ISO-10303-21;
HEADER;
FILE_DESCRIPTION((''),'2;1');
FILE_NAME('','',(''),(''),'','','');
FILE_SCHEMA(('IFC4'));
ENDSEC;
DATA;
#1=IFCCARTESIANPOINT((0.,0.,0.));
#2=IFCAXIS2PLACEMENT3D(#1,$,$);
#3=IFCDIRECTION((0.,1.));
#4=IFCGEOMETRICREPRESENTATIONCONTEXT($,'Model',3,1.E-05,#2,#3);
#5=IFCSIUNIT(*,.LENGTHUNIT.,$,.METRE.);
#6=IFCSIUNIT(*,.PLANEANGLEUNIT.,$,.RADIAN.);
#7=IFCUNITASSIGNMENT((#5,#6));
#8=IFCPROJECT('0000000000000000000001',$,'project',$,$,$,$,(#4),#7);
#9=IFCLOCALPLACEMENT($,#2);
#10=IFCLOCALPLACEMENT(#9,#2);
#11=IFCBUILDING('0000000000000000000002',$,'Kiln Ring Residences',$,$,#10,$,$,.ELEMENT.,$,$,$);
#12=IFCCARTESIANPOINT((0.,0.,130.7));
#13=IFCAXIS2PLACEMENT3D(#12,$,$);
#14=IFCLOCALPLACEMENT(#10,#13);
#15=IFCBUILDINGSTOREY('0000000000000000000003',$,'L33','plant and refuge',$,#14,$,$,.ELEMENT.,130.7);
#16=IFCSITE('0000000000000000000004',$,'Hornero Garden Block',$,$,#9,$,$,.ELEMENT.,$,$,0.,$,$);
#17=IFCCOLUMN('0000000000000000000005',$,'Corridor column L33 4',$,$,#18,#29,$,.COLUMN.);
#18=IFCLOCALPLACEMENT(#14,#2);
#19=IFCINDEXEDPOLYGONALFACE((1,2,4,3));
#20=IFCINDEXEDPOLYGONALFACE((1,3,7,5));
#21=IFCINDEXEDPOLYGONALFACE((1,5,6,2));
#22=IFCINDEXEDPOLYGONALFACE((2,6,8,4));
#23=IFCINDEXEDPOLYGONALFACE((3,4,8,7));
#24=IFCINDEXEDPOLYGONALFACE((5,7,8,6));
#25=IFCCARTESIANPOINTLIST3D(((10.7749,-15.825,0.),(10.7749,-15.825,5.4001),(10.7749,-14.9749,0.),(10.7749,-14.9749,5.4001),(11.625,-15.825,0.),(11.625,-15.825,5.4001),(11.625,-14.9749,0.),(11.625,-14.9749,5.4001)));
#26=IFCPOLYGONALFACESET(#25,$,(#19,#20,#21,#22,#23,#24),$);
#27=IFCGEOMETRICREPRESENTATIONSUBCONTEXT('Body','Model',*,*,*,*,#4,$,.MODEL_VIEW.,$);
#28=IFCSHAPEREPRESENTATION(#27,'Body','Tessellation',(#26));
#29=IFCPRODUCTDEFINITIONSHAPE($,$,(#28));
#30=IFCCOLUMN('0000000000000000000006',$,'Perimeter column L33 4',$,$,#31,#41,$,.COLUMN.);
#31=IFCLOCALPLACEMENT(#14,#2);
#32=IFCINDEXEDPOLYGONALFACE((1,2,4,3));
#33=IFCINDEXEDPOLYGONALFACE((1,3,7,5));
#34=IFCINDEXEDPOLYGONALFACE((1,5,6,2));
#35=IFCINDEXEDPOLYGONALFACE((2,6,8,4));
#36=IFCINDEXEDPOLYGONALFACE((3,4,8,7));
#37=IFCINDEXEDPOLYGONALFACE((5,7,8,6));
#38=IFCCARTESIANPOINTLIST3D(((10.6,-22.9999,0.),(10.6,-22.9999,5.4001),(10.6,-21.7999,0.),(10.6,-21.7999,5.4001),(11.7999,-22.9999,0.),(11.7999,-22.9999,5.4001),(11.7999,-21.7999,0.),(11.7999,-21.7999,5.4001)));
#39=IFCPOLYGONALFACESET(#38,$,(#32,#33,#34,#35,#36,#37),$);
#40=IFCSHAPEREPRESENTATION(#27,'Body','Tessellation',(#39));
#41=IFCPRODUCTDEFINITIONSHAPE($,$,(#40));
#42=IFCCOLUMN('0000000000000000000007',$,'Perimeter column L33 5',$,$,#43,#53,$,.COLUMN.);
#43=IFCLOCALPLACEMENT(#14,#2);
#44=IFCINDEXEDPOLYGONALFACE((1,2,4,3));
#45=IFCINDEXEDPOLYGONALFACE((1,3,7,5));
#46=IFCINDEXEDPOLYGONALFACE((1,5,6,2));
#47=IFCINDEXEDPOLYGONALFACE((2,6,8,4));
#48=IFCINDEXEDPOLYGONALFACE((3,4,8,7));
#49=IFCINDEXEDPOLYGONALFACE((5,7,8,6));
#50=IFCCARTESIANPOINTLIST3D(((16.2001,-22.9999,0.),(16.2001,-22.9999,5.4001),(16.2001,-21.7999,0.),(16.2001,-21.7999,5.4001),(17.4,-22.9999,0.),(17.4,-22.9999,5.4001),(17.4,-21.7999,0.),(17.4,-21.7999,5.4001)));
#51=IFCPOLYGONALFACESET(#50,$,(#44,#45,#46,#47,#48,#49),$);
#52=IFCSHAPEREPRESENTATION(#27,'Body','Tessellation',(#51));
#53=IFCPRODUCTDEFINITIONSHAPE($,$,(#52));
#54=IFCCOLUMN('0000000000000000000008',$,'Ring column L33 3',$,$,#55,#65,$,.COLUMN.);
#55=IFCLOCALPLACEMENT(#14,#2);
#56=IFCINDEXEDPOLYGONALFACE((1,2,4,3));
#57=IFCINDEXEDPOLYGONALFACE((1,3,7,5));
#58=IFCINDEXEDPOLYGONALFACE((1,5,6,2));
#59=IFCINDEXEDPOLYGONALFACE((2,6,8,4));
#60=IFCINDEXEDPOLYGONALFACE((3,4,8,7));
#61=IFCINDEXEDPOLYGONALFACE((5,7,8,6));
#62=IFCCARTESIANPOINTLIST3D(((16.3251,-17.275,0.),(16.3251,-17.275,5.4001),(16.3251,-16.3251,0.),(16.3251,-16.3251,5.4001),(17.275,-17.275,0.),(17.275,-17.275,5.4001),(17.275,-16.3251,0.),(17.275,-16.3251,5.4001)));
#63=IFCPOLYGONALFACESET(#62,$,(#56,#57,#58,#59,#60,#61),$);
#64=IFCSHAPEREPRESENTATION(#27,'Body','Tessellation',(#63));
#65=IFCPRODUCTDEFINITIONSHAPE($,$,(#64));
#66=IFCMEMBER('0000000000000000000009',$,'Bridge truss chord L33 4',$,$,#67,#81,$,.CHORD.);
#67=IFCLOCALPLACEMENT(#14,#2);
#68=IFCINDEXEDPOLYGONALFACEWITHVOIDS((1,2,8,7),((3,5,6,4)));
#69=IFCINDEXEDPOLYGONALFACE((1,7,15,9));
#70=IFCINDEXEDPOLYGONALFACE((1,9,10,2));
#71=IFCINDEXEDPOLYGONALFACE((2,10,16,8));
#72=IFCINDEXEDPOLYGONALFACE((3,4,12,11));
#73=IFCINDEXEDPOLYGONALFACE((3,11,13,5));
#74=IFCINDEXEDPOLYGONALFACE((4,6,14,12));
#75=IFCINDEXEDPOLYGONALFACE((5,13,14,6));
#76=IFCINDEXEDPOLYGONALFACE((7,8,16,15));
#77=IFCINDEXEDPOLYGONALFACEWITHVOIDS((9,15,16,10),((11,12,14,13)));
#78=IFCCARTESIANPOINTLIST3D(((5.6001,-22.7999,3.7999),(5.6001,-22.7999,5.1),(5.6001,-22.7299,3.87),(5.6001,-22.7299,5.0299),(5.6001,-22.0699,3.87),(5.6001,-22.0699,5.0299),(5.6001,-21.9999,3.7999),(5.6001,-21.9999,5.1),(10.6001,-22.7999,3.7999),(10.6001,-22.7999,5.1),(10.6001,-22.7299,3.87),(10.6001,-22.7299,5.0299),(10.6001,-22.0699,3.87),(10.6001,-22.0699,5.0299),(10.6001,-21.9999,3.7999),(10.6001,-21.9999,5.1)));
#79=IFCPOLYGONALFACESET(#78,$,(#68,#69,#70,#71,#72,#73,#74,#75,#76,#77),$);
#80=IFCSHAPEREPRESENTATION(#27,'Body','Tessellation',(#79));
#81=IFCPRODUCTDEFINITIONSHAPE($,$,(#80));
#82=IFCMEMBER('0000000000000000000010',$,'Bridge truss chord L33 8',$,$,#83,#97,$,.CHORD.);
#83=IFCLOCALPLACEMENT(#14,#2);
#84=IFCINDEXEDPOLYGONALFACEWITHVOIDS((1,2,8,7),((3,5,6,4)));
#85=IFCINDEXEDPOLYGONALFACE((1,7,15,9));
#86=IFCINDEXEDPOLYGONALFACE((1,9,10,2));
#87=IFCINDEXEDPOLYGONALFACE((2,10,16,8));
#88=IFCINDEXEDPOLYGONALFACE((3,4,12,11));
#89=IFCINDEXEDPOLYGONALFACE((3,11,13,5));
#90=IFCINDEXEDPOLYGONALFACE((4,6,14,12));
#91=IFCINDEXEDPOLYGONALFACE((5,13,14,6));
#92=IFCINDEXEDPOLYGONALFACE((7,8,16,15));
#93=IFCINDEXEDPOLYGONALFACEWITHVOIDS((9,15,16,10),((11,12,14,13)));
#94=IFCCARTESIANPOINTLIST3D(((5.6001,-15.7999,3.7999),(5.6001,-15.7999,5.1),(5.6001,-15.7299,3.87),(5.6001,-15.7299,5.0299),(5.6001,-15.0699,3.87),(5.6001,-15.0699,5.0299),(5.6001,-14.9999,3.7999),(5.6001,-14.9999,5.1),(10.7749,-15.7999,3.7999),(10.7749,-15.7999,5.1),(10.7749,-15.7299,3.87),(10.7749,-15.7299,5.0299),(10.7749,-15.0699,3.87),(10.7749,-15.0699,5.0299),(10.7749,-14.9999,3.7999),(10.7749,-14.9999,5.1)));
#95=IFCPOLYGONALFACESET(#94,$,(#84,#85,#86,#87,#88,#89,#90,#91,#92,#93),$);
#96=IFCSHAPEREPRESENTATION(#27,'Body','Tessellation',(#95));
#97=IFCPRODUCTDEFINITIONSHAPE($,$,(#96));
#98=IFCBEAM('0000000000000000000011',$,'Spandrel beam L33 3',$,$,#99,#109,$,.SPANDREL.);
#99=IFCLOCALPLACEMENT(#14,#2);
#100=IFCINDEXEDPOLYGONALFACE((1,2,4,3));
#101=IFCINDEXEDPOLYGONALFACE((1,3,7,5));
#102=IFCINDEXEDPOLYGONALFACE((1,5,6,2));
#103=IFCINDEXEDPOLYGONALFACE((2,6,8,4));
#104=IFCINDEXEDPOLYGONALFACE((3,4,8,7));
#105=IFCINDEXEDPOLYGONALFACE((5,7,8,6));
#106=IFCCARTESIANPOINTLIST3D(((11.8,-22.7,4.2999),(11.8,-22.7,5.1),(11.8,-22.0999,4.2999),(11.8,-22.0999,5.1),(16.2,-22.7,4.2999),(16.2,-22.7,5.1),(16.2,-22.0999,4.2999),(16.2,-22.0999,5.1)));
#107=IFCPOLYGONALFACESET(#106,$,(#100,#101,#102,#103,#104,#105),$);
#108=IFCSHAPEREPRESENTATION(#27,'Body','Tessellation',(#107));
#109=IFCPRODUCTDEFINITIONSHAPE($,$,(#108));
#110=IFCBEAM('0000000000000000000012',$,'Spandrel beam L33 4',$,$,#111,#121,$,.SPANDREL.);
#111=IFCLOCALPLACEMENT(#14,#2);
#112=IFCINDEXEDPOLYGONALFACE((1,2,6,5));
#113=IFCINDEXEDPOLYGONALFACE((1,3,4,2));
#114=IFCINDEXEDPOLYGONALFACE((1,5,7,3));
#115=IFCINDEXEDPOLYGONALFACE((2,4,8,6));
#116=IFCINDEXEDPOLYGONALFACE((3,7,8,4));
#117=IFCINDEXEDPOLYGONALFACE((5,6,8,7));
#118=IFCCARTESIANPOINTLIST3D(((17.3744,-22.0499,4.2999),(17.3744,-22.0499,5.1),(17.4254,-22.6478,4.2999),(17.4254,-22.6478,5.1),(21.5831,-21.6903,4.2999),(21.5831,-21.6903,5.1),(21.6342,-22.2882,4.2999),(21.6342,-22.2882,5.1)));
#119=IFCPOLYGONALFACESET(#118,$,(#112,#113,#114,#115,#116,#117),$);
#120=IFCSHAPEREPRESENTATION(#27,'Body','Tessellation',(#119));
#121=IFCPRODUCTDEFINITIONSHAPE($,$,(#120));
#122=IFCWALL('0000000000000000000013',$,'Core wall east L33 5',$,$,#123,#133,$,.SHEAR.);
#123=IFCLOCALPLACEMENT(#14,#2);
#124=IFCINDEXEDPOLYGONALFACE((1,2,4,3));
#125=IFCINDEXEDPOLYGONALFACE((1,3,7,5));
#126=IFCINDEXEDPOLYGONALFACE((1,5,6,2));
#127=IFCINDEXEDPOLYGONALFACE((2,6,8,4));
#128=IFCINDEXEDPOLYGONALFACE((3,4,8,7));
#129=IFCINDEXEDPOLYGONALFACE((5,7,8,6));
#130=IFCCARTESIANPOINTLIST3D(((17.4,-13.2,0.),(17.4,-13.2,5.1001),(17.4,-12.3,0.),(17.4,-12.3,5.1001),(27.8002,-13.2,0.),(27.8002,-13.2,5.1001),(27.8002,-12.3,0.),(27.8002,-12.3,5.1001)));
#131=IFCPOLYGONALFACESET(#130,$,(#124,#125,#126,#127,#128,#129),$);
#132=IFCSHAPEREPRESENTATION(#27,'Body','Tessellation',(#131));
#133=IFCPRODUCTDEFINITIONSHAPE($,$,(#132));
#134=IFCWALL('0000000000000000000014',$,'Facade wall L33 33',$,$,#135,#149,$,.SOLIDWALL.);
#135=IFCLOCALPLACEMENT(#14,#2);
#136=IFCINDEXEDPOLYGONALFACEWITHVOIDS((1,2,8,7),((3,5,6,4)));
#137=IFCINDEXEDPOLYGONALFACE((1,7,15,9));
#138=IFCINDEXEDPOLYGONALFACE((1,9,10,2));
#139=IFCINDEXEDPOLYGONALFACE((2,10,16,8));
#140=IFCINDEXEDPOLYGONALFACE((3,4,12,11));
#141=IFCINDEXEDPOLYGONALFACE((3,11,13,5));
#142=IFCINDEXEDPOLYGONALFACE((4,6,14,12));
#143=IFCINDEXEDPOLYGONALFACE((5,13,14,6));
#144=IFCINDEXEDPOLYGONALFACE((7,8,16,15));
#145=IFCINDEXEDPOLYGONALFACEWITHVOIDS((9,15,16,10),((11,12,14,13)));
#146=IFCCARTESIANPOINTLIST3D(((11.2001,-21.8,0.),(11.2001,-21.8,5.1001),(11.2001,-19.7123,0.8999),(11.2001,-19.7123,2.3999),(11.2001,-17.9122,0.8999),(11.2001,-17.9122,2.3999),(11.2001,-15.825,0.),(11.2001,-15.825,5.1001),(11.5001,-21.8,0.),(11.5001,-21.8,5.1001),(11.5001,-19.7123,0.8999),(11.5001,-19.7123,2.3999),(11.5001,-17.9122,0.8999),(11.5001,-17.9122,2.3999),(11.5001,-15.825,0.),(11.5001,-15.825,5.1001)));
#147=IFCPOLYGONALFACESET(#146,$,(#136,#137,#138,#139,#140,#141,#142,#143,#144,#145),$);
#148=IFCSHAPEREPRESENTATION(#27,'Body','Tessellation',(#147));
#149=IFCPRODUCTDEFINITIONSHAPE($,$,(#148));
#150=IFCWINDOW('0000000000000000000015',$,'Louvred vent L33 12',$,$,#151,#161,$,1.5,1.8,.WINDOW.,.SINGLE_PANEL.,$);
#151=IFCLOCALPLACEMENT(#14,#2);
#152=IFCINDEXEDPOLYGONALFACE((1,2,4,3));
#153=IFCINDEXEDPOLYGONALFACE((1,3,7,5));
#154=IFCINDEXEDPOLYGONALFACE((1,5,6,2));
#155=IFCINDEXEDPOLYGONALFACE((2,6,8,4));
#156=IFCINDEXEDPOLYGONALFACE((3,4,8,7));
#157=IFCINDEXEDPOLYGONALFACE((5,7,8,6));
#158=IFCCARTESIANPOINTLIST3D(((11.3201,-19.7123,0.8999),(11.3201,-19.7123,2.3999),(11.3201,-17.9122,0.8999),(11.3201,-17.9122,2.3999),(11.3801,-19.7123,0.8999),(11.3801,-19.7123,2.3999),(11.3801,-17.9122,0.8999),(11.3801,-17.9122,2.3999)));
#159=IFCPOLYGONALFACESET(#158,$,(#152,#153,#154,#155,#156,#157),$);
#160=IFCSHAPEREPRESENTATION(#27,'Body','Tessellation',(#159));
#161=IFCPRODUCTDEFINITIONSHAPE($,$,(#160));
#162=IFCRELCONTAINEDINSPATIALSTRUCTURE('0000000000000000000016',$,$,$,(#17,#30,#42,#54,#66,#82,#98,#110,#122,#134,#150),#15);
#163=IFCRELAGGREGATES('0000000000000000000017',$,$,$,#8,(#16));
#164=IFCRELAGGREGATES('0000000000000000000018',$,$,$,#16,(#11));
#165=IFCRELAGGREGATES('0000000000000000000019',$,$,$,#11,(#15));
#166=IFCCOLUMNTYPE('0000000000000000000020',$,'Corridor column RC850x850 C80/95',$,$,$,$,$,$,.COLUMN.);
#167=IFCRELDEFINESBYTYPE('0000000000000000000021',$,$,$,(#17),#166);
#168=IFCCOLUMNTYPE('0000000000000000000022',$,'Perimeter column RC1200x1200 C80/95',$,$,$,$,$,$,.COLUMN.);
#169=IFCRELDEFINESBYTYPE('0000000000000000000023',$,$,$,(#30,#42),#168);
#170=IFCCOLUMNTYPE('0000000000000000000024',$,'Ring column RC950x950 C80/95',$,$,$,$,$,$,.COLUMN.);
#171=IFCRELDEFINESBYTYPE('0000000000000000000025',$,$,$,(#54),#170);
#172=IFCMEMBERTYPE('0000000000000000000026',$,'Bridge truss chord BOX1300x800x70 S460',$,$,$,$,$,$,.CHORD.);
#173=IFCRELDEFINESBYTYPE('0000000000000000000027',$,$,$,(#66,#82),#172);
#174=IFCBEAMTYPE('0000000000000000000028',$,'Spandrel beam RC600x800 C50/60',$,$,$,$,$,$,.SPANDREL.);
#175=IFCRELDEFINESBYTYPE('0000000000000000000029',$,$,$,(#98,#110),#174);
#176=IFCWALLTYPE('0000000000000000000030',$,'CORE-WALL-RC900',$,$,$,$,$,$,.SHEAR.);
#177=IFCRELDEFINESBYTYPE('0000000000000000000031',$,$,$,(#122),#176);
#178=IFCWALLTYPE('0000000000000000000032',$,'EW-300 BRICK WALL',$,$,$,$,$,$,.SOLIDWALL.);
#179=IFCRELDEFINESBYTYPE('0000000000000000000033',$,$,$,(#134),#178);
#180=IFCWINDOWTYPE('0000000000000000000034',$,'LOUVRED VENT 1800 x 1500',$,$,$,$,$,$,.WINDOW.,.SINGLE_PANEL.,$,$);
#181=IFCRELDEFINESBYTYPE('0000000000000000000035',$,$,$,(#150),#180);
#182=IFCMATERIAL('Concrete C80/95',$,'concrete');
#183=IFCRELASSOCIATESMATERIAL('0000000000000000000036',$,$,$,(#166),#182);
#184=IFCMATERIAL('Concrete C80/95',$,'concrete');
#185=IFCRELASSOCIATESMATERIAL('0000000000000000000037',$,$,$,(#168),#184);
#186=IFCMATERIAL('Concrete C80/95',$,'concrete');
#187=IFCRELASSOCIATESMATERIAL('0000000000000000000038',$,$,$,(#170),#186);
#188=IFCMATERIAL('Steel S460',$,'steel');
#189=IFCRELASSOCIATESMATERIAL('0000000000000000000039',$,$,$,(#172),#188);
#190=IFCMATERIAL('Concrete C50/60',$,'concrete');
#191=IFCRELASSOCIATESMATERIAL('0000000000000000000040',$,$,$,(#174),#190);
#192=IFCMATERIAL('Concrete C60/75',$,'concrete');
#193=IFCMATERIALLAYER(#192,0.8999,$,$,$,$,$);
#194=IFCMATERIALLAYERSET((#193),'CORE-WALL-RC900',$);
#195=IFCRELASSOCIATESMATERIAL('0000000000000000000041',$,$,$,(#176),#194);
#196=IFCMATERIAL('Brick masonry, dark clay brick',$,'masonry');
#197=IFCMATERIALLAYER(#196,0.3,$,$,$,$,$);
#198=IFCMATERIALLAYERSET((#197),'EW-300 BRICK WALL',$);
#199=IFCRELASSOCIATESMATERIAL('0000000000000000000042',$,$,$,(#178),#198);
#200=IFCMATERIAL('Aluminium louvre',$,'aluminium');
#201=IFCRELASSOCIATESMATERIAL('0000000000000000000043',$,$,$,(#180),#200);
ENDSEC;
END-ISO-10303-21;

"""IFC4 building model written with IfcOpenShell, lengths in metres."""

from ifc_helpers import new_model, si_unit, direction, frame, frame_2d, origin, origin_2d, place, context, subcontext, project, spatial, rectangle, hollow_rectangle, extrude, material, layer, layer_set, material_profile, profile_set, type_object, element, fill, save


model = new_model("IFC4")

# Units and contexts
model_context = context("Model", 3, precision=1e-05, world=origin(), true_north=direction((0.0, 1.0)))
body_context = subcontext(model_context, "Body", "Model", "MODEL_VIEW")
ifc_project = project(units=[si_unit("LENGTHUNIT", "METRE"), si_unit("PLANEANGLEUNIT", "RADIAN")], contexts=[model_context])

# Site, building, storey
site_placement = place(None, origin())
site = spatial("IfcSite", under=ifc_project, at=site_placement, Name="Hornero Garden Block", CompositionType="ELEMENT", RefElevation=0.0)
building_placement = place(site_placement, origin())
building = spatial("IfcBuilding", under=site, at=building_placement, Name="Kiln Ring Residences", CompositionType="ELEMENT")
storey_placement = place(building_placement, frame((0.0, 0.0, 130.7)))
storey = spatial("IfcBuildingStorey", under=building, at=storey_placement, Name="L33", Description="plant and refuge", CompositionType="ELEMENT", Elevation=130.7)

# Columns
ifc_material_1 = material(Name="Concrete C80/95", Category="concrete")
ifc_material_profile_1 = material_profile(ifc_material_1, rectangle(XDim=0.8501, YDim=0.8501, at=origin_2d()), Name="RC850x850")
ifc_profile_set_1 = profile_set([ifc_material_profile_1], Name="Concrete C80/95")
column_type_1 = type_object("IfcColumnType", Name="Corridor column RC850x850 C80/95", PredefinedType="COLUMN", material=ifc_profile_set_1)
column_1_placement = place(storey_placement, frame((11.2, -15.3999, 0.0), z_axis=(0.0, 0.0, 1.0), x_axis=(1.0, 0.0, 0.0)))
element("IfcColumn", 1, at=column_1_placement, inside=storey, type_object=column_type_1, Name="Corridor column L33 4", PredefinedType="COLUMN", context=body_context, shape_type="SweptSolid", body=[
    extrude(rectangle(XDim=0.8501, YDim=0.8501, at=origin_2d()), origin(), (0.0, 0.0, 1.0), 5.4001),
])
ifc_material_2 = material(Name="Concrete C80/95", Category="concrete")
ifc_material_profile_2 = material_profile(ifc_material_2, rectangle(XDim=1.2, YDim=1.2, at=origin_2d()), Name="RC1200x1200")
ifc_profile_set_2 = profile_set([ifc_material_profile_2], Name="Concrete C80/95")
column_type_2 = type_object("IfcColumnType", Name="Perimeter column RC1200x1200 C80/95", PredefinedType="COLUMN", material=ifc_profile_set_2)
for number, where, z_axis, x_axis, name in (
    (2, (11.2, -22.3999, 0.0), (0.0, 0.0, 1.0), (1.0, 0.0, 0.0), "Perimeter column L33 4"),
    (3, (16.8, -22.3999, 0.0), (0.0, 0.0, 1.0), (1.0, 0.0, 0.0), "Perimeter column L33 5"),
):
    element("IfcColumn", number, at=place(storey_placement, frame(where, z_axis=z_axis, x_axis=x_axis)), inside=storey, type_object=column_type_2, Name=name, PredefinedType="COLUMN", context=body_context, shape_type="SweptSolid", body=[
        extrude(rectangle(XDim=1.2, YDim=1.2, at=origin_2d()), origin(), (0.0, 0.0, 1.0), 5.4001),
    ])
ifc_material_3 = material(Name="Concrete C80/95", Category="concrete")
ifc_material_profile_3 = material_profile(ifc_material_3, rectangle(XDim=0.95, YDim=0.95, at=origin_2d()), Name="RC950x950")
ifc_profile_set_3 = profile_set([ifc_material_profile_3], Name="Concrete C80/95")
column_type_3 = type_object("IfcColumnType", Name="Ring column RC950x950 C80/95", PredefinedType="COLUMN", material=ifc_profile_set_3)
column_2_placement = place(storey_placement, frame((16.8, -16.8, 0.0), z_axis=(0.0, 0.0, 1.0), x_axis=(1.0, 0.0, 0.0)))
element("IfcColumn", 4, at=column_2_placement, inside=storey, type_object=column_type_3, Name="Ring column L33 3", PredefinedType="COLUMN", context=body_context, shape_type="SweptSolid", body=[
    extrude(rectangle(XDim=0.95, YDim=0.95, at=origin_2d()), origin(), (0.0, 0.0, 1.0), 5.4001),
])

# Members
ifc_material_4 = material(Name="Steel S460", Category="steel")
ifc_material_profile_4 = material_profile(ifc_material_4, hollow_rectangle(XDim=0.8, YDim=1.3, WallThickness=0.0701, at=origin_2d()), Name="BOX1300x800x70")
ifc_profile_set_4 = profile_set([ifc_material_profile_4], Name="Steel S460")
member_type = type_object("IfcMemberType", Name="Bridge truss chord BOX1300x800x70 S460", PredefinedType="CHORD", material=ifc_profile_set_4)
member_1_placement = place(storey_placement, frame((5.6001, -22.3999, 4.45), z_axis=(1.0, 0.0, 0.0), x_axis=(0.0, 1.0, 0.0)))
element("IfcMember", 5, at=member_1_placement, inside=storey, type_object=member_type, Name="Bridge truss chord L33 4", PredefinedType="CHORD", context=body_context, shape_type="SweptSolid", body=[
    extrude(hollow_rectangle(XDim=0.8, YDim=1.3, WallThickness=0.0701, at=origin_2d()), origin(), (0.0, 0.0, 1.0), 5.0),
])
member_2_placement = place(storey_placement, frame((5.6001, -15.3999, 4.45), z_axis=(1.0, 0.0, 0.0), x_axis=(0.0, 1.0, 0.0)))
element("IfcMember", 6, at=member_2_placement, inside=storey, type_object=member_type, Name="Bridge truss chord L33 8", PredefinedType="CHORD", context=body_context, shape_type="SweptSolid", body=[
    extrude(hollow_rectangle(XDim=0.8, YDim=1.3, WallThickness=0.0701, at=origin_2d()), origin(), (0.0, 0.0, 1.0), 5.1748),
])

# Beams
ifc_material_5 = material(Name="Concrete C50/60", Category="concrete")
ifc_material_profile_5 = material_profile(ifc_material_5, rectangle(XDim=0.6001, YDim=0.8, at=origin_2d()), Name="RC600x800")
ifc_profile_set_5 = profile_set([ifc_material_profile_5], Name="Concrete C50/60")
beam_type = type_object("IfcBeamType", Name="Spandrel beam RC600x800 C50/60", PredefinedType="SPANDREL", material=ifc_profile_set_5)
beam_1_placement = place(storey_placement, frame((11.8, -22.3999, 4.7), z_axis=(1.0, 0.0, 0.0), x_axis=(0.0, 1.0, 0.0)))
element("IfcBeam", 7, at=beam_1_placement, inside=storey, type_object=beam_type, Name="Spandrel beam L33 3", PredefinedType="SPANDREL", context=body_context, shape_type="SweptSolid", body=[
    extrude(rectangle(XDim=0.6001, YDim=0.8, at=origin_2d()), origin(), (0.0, 0.0, 1.0), 4.3999),
])
beam_2_placement = place(storey_placement, frame((17.3999, -22.3489, 4.7), z_axis=(0.996369, 0.085136, 0.0), x_axis=(-0.085136, 0.996369, 0.0)))
element("IfcBeam", 8, at=beam_2_placement, inside=storey, type_object=beam_type, Name="Spandrel beam L33 4", PredefinedType="SPANDREL", context=body_context, shape_type="SweptSolid", body=[
    extrude(rectangle(XDim=0.6001, YDim=0.8, at=origin_2d()), origin(), (0.0, 0.0, 1.0), 4.2241),
])

# Wall
ifc_material_6 = material(Name="Concrete C60/75", Category="concrete")
ifc_layer_1 = layer(ifc_material_6, 0.8999)
ifc_layer_set_1 = layer_set([ifc_layer_1], Name="CORE-WALL-RC900")
wall_type_1 = type_object("IfcWallType", Name="CORE-WALL-RC900", PredefinedType="SHEAR", material=ifc_layer_set_1)
wall_1_placement = place(storey_placement, frame((17.3999, -12.75, 0.0), z_axis=(0.0, 0.0, 1.0), x_axis=(1.0, 0.0, 0.0)))
element("IfcWall", 9, at=wall_1_placement, inside=storey, type_object=wall_type_1, Name="Core wall east L33 5", PredefinedType="SHEAR", context=body_context, shape_type="SweptSolid", body=[
    extrude(rectangle(XDim=10.4001, YDim=0.8999, at=frame_2d((5.2002, 0.0))), origin(), (0.0, 0.0, 1.0), 5.1001),
])

# Wall, opening, window
ifc_material_7 = material(Name="Brick masonry, dark clay brick", Category="masonry")
ifc_layer_2 = layer(ifc_material_7, 0.3)
ifc_layer_set_2 = layer_set([ifc_layer_2], Name="EW-300 BRICK WALL")
wall_type_2 = type_object("IfcWallType", Name="EW-300 BRICK WALL", PredefinedType="SOLIDWALL", material=ifc_layer_set_2)
wall_2_placement = place(storey_placement, frame((11.3501, -15.825, 0.0), z_axis=(0.0, 0.0, 1.0), x_axis=(0.0, -1.0, 0.0)))
wall_2 = element("IfcWall", 10, at=wall_2_placement, inside=storey, type_object=wall_type_2, Name="Facade wall L33 33", PredefinedType="SOLIDWALL", context=body_context, shape_type="SweptSolid", body=[
    extrude(rectangle(XDim=5.9751, YDim=0.3, at=frame_2d((2.9875, 0.0))), origin(), (0.0, 0.0, 1.0), 5.1001),
])
opening_1_placement = place(wall_2_placement, frame((2.0874, 0.0, 0.8999)))
opening_1 = element("IfcOpeningElement", 11, at=opening_1_placement, cuts=wall_2, PredefinedType="OPENING", context=body_context, shape_type="SweptSolid", body=[
    extrude(rectangle(XDim=1.8, YDim=1.5, at=frame_2d((0.8999, 0.75))), frame((0.0, 0.1599, 0.0), z_axis=(0.0, -1.0, 0.0), x_axis=(1.0, 0.0, 0.0)), (0.0, 0.0, 1.0), 0.3201),
])
ifc_material_8 = material(Name="Aluminium louvre", Category="aluminium")
window_type = type_object("IfcWindowType", Name="LOUVRED VENT 1800 x 1500", PartitioningType="SINGLE_PANEL", PredefinedType="WINDOW", material=ifc_material_8)
window_1_placement = place(opening_1_placement, origin())
window_1 = element("IfcWindow", 12, at=window_1_placement, inside=storey, type_object=window_type, Name="Louvred vent L33 12", OverallHeight=1.5, OverallWidth=1.8, PartitioningType="SINGLE_PANEL", PredefinedType="WINDOW", context=body_context, shape_type="SweptSolid", body=[
    extrude(rectangle(XDim=1.8, YDim=1.5, at=frame_2d((0.8999, 0.75))), frame((0.0, 0.03, 0.0), z_axis=(0.0, -1.0, 0.0), x_axis=(1.0, 0.0, 0.0)), (0.0, 0.0, 1.0), 0.0601),
])
fill(opening_1, window_1)

save(model, "model.ifc")
